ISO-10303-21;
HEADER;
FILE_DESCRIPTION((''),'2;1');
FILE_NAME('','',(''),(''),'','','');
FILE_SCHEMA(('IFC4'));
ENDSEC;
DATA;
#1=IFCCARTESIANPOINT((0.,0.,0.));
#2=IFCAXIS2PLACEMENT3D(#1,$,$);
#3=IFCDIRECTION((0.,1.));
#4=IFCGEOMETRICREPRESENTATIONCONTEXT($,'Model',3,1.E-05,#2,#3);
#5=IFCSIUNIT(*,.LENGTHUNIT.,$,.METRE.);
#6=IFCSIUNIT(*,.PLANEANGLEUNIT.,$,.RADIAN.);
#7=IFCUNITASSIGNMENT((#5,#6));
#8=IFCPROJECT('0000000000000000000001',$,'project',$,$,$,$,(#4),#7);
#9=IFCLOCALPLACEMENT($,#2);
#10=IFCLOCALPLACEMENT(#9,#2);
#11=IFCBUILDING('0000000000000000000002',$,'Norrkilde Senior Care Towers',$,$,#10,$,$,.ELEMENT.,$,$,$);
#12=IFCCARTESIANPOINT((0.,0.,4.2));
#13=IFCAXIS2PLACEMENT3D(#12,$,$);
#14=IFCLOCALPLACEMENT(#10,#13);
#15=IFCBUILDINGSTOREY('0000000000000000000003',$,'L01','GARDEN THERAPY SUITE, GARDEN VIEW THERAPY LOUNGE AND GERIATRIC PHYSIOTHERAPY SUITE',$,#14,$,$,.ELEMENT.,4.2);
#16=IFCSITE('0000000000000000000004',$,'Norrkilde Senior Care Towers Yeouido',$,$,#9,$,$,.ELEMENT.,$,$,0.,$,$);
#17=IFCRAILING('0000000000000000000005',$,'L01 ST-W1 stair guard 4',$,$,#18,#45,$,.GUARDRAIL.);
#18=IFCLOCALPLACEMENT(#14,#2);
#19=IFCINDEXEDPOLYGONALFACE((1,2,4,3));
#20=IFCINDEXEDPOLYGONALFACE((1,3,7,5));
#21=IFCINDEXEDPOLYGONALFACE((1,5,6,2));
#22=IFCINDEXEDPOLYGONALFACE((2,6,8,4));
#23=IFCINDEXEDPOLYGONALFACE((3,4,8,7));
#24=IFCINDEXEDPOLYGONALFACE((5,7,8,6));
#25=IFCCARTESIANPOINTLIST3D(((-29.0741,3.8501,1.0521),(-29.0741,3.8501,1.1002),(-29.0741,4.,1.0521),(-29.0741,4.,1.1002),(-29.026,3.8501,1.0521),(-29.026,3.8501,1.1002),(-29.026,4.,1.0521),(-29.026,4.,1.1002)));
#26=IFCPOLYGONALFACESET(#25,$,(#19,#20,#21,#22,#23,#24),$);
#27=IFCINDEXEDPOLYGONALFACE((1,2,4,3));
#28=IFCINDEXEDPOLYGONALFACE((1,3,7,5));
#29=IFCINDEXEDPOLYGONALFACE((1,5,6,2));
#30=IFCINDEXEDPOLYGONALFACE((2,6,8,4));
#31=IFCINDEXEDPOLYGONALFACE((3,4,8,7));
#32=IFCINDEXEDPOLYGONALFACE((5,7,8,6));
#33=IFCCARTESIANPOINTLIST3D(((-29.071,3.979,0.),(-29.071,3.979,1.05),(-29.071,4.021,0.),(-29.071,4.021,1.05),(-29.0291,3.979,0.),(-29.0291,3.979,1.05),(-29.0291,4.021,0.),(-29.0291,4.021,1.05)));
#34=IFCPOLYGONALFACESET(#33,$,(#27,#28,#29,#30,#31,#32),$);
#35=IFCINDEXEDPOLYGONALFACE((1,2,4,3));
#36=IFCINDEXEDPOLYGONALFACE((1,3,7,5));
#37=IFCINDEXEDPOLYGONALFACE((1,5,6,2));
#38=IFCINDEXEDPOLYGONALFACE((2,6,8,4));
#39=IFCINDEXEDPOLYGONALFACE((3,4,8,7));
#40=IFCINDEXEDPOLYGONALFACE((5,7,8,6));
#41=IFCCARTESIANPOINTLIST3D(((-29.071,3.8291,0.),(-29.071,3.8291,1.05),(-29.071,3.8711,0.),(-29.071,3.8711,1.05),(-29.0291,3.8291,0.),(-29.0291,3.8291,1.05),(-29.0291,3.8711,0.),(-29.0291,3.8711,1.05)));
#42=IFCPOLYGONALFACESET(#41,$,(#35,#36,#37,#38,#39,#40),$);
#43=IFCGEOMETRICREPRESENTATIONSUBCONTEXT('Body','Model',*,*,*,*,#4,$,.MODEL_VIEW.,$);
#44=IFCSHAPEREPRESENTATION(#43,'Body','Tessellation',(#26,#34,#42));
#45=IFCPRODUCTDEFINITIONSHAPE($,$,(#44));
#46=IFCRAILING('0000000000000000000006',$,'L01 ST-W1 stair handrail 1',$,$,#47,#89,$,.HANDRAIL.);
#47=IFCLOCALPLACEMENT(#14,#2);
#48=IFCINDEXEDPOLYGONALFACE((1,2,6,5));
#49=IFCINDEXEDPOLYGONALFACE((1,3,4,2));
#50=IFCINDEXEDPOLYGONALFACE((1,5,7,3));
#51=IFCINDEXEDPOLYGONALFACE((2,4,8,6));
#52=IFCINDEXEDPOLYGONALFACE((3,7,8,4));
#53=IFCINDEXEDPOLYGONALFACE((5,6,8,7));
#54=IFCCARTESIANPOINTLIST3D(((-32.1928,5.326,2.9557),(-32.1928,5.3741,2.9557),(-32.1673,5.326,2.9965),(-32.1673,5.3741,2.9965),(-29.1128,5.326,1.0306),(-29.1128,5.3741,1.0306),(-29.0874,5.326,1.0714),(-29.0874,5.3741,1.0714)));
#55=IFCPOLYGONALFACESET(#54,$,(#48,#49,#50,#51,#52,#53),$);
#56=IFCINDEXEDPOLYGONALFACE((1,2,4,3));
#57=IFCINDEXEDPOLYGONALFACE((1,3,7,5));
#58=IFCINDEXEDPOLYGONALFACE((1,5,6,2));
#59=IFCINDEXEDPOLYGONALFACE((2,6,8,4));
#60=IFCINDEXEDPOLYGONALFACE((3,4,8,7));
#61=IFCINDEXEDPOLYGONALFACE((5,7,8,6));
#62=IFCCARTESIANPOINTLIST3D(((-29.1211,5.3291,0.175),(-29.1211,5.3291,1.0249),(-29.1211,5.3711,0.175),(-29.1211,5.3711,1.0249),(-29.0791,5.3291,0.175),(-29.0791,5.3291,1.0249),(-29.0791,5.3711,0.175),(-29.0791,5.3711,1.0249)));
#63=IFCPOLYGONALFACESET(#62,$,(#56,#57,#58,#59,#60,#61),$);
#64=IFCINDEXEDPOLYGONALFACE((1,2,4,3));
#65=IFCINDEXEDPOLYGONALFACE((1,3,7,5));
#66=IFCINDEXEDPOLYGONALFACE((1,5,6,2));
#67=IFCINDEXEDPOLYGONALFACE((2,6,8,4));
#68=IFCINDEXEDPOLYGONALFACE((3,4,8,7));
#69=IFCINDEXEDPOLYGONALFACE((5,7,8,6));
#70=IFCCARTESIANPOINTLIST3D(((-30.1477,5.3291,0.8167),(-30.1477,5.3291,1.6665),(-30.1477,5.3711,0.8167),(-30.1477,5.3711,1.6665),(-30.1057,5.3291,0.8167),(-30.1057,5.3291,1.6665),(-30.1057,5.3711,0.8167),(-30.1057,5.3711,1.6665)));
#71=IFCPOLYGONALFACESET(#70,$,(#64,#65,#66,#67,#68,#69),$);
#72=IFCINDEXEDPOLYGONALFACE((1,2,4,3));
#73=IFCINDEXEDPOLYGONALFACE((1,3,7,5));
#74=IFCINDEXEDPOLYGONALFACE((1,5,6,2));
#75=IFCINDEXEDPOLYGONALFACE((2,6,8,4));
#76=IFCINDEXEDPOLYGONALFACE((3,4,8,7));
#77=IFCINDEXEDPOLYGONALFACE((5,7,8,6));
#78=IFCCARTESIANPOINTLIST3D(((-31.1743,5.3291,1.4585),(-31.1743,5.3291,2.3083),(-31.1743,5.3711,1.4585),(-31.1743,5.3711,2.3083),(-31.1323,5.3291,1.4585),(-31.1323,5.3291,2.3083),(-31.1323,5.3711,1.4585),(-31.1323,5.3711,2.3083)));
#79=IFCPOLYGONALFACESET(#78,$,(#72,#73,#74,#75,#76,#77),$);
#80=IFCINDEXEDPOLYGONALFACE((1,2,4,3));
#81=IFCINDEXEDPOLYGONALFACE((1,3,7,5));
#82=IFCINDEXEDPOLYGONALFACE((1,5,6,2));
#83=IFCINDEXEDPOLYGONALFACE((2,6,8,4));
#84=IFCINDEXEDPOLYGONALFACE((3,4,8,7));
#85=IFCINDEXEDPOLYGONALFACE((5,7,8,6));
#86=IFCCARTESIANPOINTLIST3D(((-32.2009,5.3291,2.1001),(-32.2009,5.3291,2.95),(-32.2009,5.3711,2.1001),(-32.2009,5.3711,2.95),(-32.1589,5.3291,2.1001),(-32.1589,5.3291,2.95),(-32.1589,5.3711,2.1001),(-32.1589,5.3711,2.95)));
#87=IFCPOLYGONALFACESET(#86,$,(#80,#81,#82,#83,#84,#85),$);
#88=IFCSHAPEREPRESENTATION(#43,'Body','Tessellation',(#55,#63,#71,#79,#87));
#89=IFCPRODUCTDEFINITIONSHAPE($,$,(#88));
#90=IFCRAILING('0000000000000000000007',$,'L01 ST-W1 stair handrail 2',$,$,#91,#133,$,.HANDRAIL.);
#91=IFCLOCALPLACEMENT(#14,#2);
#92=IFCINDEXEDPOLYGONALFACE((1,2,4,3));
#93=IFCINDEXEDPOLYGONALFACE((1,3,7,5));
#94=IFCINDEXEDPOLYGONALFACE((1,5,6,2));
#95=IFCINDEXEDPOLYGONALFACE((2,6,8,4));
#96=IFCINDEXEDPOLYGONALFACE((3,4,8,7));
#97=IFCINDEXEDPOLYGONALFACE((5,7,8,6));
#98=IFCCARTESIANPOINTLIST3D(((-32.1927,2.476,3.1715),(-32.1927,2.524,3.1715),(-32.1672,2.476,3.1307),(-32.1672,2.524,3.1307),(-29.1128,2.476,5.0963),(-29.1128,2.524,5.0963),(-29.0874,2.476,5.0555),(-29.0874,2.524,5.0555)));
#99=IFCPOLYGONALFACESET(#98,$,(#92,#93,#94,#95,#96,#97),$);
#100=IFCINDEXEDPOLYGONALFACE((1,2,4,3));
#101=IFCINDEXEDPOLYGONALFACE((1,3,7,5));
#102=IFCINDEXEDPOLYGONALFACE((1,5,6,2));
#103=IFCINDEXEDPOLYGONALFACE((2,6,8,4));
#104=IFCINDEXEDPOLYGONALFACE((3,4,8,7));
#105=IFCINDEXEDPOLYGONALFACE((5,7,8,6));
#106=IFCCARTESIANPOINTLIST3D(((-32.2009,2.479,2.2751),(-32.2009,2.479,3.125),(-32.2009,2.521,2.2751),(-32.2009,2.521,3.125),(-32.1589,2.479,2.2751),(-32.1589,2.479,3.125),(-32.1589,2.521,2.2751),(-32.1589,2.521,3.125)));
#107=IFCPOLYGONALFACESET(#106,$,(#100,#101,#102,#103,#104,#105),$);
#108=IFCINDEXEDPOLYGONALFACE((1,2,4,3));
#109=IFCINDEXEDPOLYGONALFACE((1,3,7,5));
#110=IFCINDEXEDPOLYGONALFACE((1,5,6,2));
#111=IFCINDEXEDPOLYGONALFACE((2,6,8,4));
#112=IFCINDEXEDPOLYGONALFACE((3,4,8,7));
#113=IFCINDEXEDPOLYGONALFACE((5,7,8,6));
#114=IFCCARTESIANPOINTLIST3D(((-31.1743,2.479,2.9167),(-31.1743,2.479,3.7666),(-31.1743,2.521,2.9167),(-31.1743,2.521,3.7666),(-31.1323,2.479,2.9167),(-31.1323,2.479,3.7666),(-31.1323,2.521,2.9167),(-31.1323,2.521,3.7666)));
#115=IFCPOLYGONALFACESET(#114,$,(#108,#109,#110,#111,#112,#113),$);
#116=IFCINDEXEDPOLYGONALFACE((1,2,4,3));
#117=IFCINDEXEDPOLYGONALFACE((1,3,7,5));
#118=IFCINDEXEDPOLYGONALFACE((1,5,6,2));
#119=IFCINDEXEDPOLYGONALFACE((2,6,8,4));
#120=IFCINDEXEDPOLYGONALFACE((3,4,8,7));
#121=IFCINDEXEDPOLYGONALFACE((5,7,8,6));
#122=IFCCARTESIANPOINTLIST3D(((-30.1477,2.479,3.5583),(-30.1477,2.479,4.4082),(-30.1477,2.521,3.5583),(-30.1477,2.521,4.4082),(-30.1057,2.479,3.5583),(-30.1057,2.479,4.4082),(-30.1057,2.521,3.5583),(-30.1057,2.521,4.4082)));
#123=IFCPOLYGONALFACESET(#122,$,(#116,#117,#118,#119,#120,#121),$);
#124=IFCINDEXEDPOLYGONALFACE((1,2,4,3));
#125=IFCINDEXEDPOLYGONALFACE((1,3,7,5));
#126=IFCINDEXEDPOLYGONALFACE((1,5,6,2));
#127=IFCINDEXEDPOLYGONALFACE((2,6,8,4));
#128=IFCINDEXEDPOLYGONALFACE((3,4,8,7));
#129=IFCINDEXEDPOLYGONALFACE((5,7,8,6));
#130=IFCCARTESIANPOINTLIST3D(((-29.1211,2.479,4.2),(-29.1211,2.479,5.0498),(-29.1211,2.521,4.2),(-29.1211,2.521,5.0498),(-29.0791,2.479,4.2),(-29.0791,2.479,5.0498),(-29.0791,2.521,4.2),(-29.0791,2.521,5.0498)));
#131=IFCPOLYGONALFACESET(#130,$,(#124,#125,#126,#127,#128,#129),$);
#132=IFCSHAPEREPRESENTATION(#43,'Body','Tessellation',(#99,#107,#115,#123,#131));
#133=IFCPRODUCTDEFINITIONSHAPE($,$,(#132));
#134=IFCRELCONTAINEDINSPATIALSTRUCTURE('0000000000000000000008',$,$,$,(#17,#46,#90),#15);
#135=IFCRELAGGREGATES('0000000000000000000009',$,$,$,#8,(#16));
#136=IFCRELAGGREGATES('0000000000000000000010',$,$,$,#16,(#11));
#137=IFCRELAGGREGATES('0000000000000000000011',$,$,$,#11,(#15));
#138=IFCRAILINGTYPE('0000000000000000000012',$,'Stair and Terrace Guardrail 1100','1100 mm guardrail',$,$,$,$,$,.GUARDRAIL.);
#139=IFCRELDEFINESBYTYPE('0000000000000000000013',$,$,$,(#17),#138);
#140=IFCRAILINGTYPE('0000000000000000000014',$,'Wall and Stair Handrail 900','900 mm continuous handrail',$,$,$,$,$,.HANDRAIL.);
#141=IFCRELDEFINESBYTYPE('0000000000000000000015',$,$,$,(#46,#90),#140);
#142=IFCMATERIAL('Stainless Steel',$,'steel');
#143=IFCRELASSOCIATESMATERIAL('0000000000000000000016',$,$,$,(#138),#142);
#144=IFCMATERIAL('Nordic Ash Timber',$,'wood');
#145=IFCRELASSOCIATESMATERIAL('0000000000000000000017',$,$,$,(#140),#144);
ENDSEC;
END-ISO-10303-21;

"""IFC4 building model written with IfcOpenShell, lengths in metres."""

from ifc_helpers import new_model, si_unit, direction, frame, origin, origin_2d, place, context, subcontext, project, spatial, rectangle, extrude, material, type_object, element, save


model = new_model("IFC4")

# Units and contexts
model_context = context("Model", 3, precision=1e-05, world=origin(), true_north=direction((0.0, 1.0)))
body_context = subcontext(model_context, "Body", "Model", "MODEL_VIEW")
ifc_project = project(units=[si_unit("LENGTHUNIT", "METRE"), si_unit("PLANEANGLEUNIT", "RADIAN")], contexts=[model_context])

# Site, building, storey
site_placement = place(None, origin())
site = spatial("IfcSite", under=ifc_project, at=site_placement, Name="Norrkilde Senior Care Towers Yeouido", CompositionType="ELEMENT", RefElevation=0.0)
building_placement = place(site_placement, origin())
building = spatial("IfcBuilding", under=site, at=building_placement, Name="Norrkilde Senior Care Towers", CompositionType="ELEMENT")
storey_placement = place(building_placement, frame((0.0, 0.0, 4.2)))
storey = spatial("IfcBuildingStorey", under=building, at=storey_placement, Name="L01", Description="GARDEN THERAPY SUITE, GARDEN VIEW THERAPY LOUNGE AND GERIATRIC PHYSIOTHERAPY SUITE", CompositionType="ELEMENT", Elevation=4.2)

# Shared definitions
ifc_material_1 = material(Name="Stainless Steel", Category="steel")

# Railings
railing_type_1 = type_object("IfcRailingType", Name="Stair and Terrace Guardrail 1100", Description="1100 mm guardrail", PredefinedType="GUARDRAIL", material=ifc_material_1)
railing_1_placement = place(storey_placement, frame((-29.05, 4.0, 0.0)))
element("IfcRailing", 1, at=railing_1_placement, inside=storey, type_object=railing_type_1, Name="L01 ST-W1 stair guard 4", PredefinedType="GUARDRAIL", context=body_context, shape_type="SweptSolid", body=[
    extrude(rectangle(XDim=0.0481, YDim=0.0481, at=origin_2d()), frame((0.0, 0.0, 1.0762), z_axis=(0.0, -1.0, 0.0), x_axis=(1.0, 0.0, 0.0)), (0.0, 0.0, 1.0), 0.1499),
    extrude(rectangle(XDim=0.042, YDim=0.042, at=origin_2d()), origin(), (0.0, 0.0, 1.0), 1.05),
    extrude(rectangle(XDim=0.042, YDim=0.042, at=origin_2d()), frame((0.0, -0.1499, 0.0)), (0.0, 0.0, 1.0), 1.05),
])
ifc_material_2 = material(Name="Nordic Ash Timber", Category="wood")
railing_type_2 = type_object("IfcRailingType", Name="Wall and Stair Handrail 900", Description="900 mm continuous handrail", PredefinedType="HANDRAIL", material=ifc_material_2)
railing_2_placement = place(storey_placement, frame((-29.1001, 5.3501, 0.175)))
element("IfcRailing", 2, at=railing_2_placement, inside=storey, type_object=railing_type_2, Name="L01 ST-W1 stair handrail 1", PredefinedType="HANDRAIL", context=body_context, shape_type="SweptSolid", body=[
    extrude(rectangle(XDim=0.0481, YDim=0.0481, at=origin_2d()), frame((0.0, 0.0, 0.876), z_axis=(-0.847979, 0.0, 0.530029), x_axis=(0.0, -1.0, 0.0)), (0.0, 0.0, 1.0), 3.6321),
    extrude(rectangle(XDim=0.042, YDim=0.042, at=origin_2d()), origin(), (0.0, 0.0, 1.0), 0.8499),
    extrude(rectangle(XDim=0.042, YDim=0.042, at=origin_2d()), frame((-1.0266, 0.0, 0.6416)), (0.0, 0.0, 1.0), 0.8499),
    extrude(rectangle(XDim=0.042, YDim=0.042, at=origin_2d()), frame((-2.0532, 0.0, 1.2834)), (0.0, 0.0, 1.0), 0.8499),
    extrude(rectangle(XDim=0.042, YDim=0.042, at=origin_2d()), frame((-3.0798, 0.0, 1.925)), (0.0, 0.0, 1.0), 0.8499),
])
railing_3_placement = place(storey_placement, frame((-32.1799, 2.5, 2.2751)))
element("IfcRailing", 3, at=railing_3_placement, inside=storey, type_object=railing_type_2, Name="L01 ST-W1 stair handrail 2", PredefinedType="HANDRAIL", context=body_context, shape_type="SweptSolid", body=[
    extrude(rectangle(XDim=0.0481, YDim=0.0481, at=origin_2d()), frame((0.0, 0.0, 0.876), z_axis=(0.84801, 0.0, 0.529981), x_axis=(0.0, 1.0, 0.0)), (0.0, 0.0, 1.0), 3.6318),
    extrude(rectangle(XDim=0.042, YDim=0.042, at=origin_2d()), origin(), (0.0, 0.0, 1.0), 0.8499),
    extrude(rectangle(XDim=0.042, YDim=0.042, at=origin_2d()), frame((1.0266, 0.0, 0.6416)), (0.0, 0.0, 1.0), 0.8499),
    extrude(rectangle(XDim=0.042, YDim=0.042, at=origin_2d()), frame((2.0532, 0.0, 1.2832)), (0.0, 0.0, 1.0), 0.8499),
    extrude(rectangle(XDim=0.042, YDim=0.042, at=origin_2d()), frame((3.0798, 0.0, 1.9248)), (0.0, 0.0, 1.0), 0.8499),
])

save(model, "model.ifc")
